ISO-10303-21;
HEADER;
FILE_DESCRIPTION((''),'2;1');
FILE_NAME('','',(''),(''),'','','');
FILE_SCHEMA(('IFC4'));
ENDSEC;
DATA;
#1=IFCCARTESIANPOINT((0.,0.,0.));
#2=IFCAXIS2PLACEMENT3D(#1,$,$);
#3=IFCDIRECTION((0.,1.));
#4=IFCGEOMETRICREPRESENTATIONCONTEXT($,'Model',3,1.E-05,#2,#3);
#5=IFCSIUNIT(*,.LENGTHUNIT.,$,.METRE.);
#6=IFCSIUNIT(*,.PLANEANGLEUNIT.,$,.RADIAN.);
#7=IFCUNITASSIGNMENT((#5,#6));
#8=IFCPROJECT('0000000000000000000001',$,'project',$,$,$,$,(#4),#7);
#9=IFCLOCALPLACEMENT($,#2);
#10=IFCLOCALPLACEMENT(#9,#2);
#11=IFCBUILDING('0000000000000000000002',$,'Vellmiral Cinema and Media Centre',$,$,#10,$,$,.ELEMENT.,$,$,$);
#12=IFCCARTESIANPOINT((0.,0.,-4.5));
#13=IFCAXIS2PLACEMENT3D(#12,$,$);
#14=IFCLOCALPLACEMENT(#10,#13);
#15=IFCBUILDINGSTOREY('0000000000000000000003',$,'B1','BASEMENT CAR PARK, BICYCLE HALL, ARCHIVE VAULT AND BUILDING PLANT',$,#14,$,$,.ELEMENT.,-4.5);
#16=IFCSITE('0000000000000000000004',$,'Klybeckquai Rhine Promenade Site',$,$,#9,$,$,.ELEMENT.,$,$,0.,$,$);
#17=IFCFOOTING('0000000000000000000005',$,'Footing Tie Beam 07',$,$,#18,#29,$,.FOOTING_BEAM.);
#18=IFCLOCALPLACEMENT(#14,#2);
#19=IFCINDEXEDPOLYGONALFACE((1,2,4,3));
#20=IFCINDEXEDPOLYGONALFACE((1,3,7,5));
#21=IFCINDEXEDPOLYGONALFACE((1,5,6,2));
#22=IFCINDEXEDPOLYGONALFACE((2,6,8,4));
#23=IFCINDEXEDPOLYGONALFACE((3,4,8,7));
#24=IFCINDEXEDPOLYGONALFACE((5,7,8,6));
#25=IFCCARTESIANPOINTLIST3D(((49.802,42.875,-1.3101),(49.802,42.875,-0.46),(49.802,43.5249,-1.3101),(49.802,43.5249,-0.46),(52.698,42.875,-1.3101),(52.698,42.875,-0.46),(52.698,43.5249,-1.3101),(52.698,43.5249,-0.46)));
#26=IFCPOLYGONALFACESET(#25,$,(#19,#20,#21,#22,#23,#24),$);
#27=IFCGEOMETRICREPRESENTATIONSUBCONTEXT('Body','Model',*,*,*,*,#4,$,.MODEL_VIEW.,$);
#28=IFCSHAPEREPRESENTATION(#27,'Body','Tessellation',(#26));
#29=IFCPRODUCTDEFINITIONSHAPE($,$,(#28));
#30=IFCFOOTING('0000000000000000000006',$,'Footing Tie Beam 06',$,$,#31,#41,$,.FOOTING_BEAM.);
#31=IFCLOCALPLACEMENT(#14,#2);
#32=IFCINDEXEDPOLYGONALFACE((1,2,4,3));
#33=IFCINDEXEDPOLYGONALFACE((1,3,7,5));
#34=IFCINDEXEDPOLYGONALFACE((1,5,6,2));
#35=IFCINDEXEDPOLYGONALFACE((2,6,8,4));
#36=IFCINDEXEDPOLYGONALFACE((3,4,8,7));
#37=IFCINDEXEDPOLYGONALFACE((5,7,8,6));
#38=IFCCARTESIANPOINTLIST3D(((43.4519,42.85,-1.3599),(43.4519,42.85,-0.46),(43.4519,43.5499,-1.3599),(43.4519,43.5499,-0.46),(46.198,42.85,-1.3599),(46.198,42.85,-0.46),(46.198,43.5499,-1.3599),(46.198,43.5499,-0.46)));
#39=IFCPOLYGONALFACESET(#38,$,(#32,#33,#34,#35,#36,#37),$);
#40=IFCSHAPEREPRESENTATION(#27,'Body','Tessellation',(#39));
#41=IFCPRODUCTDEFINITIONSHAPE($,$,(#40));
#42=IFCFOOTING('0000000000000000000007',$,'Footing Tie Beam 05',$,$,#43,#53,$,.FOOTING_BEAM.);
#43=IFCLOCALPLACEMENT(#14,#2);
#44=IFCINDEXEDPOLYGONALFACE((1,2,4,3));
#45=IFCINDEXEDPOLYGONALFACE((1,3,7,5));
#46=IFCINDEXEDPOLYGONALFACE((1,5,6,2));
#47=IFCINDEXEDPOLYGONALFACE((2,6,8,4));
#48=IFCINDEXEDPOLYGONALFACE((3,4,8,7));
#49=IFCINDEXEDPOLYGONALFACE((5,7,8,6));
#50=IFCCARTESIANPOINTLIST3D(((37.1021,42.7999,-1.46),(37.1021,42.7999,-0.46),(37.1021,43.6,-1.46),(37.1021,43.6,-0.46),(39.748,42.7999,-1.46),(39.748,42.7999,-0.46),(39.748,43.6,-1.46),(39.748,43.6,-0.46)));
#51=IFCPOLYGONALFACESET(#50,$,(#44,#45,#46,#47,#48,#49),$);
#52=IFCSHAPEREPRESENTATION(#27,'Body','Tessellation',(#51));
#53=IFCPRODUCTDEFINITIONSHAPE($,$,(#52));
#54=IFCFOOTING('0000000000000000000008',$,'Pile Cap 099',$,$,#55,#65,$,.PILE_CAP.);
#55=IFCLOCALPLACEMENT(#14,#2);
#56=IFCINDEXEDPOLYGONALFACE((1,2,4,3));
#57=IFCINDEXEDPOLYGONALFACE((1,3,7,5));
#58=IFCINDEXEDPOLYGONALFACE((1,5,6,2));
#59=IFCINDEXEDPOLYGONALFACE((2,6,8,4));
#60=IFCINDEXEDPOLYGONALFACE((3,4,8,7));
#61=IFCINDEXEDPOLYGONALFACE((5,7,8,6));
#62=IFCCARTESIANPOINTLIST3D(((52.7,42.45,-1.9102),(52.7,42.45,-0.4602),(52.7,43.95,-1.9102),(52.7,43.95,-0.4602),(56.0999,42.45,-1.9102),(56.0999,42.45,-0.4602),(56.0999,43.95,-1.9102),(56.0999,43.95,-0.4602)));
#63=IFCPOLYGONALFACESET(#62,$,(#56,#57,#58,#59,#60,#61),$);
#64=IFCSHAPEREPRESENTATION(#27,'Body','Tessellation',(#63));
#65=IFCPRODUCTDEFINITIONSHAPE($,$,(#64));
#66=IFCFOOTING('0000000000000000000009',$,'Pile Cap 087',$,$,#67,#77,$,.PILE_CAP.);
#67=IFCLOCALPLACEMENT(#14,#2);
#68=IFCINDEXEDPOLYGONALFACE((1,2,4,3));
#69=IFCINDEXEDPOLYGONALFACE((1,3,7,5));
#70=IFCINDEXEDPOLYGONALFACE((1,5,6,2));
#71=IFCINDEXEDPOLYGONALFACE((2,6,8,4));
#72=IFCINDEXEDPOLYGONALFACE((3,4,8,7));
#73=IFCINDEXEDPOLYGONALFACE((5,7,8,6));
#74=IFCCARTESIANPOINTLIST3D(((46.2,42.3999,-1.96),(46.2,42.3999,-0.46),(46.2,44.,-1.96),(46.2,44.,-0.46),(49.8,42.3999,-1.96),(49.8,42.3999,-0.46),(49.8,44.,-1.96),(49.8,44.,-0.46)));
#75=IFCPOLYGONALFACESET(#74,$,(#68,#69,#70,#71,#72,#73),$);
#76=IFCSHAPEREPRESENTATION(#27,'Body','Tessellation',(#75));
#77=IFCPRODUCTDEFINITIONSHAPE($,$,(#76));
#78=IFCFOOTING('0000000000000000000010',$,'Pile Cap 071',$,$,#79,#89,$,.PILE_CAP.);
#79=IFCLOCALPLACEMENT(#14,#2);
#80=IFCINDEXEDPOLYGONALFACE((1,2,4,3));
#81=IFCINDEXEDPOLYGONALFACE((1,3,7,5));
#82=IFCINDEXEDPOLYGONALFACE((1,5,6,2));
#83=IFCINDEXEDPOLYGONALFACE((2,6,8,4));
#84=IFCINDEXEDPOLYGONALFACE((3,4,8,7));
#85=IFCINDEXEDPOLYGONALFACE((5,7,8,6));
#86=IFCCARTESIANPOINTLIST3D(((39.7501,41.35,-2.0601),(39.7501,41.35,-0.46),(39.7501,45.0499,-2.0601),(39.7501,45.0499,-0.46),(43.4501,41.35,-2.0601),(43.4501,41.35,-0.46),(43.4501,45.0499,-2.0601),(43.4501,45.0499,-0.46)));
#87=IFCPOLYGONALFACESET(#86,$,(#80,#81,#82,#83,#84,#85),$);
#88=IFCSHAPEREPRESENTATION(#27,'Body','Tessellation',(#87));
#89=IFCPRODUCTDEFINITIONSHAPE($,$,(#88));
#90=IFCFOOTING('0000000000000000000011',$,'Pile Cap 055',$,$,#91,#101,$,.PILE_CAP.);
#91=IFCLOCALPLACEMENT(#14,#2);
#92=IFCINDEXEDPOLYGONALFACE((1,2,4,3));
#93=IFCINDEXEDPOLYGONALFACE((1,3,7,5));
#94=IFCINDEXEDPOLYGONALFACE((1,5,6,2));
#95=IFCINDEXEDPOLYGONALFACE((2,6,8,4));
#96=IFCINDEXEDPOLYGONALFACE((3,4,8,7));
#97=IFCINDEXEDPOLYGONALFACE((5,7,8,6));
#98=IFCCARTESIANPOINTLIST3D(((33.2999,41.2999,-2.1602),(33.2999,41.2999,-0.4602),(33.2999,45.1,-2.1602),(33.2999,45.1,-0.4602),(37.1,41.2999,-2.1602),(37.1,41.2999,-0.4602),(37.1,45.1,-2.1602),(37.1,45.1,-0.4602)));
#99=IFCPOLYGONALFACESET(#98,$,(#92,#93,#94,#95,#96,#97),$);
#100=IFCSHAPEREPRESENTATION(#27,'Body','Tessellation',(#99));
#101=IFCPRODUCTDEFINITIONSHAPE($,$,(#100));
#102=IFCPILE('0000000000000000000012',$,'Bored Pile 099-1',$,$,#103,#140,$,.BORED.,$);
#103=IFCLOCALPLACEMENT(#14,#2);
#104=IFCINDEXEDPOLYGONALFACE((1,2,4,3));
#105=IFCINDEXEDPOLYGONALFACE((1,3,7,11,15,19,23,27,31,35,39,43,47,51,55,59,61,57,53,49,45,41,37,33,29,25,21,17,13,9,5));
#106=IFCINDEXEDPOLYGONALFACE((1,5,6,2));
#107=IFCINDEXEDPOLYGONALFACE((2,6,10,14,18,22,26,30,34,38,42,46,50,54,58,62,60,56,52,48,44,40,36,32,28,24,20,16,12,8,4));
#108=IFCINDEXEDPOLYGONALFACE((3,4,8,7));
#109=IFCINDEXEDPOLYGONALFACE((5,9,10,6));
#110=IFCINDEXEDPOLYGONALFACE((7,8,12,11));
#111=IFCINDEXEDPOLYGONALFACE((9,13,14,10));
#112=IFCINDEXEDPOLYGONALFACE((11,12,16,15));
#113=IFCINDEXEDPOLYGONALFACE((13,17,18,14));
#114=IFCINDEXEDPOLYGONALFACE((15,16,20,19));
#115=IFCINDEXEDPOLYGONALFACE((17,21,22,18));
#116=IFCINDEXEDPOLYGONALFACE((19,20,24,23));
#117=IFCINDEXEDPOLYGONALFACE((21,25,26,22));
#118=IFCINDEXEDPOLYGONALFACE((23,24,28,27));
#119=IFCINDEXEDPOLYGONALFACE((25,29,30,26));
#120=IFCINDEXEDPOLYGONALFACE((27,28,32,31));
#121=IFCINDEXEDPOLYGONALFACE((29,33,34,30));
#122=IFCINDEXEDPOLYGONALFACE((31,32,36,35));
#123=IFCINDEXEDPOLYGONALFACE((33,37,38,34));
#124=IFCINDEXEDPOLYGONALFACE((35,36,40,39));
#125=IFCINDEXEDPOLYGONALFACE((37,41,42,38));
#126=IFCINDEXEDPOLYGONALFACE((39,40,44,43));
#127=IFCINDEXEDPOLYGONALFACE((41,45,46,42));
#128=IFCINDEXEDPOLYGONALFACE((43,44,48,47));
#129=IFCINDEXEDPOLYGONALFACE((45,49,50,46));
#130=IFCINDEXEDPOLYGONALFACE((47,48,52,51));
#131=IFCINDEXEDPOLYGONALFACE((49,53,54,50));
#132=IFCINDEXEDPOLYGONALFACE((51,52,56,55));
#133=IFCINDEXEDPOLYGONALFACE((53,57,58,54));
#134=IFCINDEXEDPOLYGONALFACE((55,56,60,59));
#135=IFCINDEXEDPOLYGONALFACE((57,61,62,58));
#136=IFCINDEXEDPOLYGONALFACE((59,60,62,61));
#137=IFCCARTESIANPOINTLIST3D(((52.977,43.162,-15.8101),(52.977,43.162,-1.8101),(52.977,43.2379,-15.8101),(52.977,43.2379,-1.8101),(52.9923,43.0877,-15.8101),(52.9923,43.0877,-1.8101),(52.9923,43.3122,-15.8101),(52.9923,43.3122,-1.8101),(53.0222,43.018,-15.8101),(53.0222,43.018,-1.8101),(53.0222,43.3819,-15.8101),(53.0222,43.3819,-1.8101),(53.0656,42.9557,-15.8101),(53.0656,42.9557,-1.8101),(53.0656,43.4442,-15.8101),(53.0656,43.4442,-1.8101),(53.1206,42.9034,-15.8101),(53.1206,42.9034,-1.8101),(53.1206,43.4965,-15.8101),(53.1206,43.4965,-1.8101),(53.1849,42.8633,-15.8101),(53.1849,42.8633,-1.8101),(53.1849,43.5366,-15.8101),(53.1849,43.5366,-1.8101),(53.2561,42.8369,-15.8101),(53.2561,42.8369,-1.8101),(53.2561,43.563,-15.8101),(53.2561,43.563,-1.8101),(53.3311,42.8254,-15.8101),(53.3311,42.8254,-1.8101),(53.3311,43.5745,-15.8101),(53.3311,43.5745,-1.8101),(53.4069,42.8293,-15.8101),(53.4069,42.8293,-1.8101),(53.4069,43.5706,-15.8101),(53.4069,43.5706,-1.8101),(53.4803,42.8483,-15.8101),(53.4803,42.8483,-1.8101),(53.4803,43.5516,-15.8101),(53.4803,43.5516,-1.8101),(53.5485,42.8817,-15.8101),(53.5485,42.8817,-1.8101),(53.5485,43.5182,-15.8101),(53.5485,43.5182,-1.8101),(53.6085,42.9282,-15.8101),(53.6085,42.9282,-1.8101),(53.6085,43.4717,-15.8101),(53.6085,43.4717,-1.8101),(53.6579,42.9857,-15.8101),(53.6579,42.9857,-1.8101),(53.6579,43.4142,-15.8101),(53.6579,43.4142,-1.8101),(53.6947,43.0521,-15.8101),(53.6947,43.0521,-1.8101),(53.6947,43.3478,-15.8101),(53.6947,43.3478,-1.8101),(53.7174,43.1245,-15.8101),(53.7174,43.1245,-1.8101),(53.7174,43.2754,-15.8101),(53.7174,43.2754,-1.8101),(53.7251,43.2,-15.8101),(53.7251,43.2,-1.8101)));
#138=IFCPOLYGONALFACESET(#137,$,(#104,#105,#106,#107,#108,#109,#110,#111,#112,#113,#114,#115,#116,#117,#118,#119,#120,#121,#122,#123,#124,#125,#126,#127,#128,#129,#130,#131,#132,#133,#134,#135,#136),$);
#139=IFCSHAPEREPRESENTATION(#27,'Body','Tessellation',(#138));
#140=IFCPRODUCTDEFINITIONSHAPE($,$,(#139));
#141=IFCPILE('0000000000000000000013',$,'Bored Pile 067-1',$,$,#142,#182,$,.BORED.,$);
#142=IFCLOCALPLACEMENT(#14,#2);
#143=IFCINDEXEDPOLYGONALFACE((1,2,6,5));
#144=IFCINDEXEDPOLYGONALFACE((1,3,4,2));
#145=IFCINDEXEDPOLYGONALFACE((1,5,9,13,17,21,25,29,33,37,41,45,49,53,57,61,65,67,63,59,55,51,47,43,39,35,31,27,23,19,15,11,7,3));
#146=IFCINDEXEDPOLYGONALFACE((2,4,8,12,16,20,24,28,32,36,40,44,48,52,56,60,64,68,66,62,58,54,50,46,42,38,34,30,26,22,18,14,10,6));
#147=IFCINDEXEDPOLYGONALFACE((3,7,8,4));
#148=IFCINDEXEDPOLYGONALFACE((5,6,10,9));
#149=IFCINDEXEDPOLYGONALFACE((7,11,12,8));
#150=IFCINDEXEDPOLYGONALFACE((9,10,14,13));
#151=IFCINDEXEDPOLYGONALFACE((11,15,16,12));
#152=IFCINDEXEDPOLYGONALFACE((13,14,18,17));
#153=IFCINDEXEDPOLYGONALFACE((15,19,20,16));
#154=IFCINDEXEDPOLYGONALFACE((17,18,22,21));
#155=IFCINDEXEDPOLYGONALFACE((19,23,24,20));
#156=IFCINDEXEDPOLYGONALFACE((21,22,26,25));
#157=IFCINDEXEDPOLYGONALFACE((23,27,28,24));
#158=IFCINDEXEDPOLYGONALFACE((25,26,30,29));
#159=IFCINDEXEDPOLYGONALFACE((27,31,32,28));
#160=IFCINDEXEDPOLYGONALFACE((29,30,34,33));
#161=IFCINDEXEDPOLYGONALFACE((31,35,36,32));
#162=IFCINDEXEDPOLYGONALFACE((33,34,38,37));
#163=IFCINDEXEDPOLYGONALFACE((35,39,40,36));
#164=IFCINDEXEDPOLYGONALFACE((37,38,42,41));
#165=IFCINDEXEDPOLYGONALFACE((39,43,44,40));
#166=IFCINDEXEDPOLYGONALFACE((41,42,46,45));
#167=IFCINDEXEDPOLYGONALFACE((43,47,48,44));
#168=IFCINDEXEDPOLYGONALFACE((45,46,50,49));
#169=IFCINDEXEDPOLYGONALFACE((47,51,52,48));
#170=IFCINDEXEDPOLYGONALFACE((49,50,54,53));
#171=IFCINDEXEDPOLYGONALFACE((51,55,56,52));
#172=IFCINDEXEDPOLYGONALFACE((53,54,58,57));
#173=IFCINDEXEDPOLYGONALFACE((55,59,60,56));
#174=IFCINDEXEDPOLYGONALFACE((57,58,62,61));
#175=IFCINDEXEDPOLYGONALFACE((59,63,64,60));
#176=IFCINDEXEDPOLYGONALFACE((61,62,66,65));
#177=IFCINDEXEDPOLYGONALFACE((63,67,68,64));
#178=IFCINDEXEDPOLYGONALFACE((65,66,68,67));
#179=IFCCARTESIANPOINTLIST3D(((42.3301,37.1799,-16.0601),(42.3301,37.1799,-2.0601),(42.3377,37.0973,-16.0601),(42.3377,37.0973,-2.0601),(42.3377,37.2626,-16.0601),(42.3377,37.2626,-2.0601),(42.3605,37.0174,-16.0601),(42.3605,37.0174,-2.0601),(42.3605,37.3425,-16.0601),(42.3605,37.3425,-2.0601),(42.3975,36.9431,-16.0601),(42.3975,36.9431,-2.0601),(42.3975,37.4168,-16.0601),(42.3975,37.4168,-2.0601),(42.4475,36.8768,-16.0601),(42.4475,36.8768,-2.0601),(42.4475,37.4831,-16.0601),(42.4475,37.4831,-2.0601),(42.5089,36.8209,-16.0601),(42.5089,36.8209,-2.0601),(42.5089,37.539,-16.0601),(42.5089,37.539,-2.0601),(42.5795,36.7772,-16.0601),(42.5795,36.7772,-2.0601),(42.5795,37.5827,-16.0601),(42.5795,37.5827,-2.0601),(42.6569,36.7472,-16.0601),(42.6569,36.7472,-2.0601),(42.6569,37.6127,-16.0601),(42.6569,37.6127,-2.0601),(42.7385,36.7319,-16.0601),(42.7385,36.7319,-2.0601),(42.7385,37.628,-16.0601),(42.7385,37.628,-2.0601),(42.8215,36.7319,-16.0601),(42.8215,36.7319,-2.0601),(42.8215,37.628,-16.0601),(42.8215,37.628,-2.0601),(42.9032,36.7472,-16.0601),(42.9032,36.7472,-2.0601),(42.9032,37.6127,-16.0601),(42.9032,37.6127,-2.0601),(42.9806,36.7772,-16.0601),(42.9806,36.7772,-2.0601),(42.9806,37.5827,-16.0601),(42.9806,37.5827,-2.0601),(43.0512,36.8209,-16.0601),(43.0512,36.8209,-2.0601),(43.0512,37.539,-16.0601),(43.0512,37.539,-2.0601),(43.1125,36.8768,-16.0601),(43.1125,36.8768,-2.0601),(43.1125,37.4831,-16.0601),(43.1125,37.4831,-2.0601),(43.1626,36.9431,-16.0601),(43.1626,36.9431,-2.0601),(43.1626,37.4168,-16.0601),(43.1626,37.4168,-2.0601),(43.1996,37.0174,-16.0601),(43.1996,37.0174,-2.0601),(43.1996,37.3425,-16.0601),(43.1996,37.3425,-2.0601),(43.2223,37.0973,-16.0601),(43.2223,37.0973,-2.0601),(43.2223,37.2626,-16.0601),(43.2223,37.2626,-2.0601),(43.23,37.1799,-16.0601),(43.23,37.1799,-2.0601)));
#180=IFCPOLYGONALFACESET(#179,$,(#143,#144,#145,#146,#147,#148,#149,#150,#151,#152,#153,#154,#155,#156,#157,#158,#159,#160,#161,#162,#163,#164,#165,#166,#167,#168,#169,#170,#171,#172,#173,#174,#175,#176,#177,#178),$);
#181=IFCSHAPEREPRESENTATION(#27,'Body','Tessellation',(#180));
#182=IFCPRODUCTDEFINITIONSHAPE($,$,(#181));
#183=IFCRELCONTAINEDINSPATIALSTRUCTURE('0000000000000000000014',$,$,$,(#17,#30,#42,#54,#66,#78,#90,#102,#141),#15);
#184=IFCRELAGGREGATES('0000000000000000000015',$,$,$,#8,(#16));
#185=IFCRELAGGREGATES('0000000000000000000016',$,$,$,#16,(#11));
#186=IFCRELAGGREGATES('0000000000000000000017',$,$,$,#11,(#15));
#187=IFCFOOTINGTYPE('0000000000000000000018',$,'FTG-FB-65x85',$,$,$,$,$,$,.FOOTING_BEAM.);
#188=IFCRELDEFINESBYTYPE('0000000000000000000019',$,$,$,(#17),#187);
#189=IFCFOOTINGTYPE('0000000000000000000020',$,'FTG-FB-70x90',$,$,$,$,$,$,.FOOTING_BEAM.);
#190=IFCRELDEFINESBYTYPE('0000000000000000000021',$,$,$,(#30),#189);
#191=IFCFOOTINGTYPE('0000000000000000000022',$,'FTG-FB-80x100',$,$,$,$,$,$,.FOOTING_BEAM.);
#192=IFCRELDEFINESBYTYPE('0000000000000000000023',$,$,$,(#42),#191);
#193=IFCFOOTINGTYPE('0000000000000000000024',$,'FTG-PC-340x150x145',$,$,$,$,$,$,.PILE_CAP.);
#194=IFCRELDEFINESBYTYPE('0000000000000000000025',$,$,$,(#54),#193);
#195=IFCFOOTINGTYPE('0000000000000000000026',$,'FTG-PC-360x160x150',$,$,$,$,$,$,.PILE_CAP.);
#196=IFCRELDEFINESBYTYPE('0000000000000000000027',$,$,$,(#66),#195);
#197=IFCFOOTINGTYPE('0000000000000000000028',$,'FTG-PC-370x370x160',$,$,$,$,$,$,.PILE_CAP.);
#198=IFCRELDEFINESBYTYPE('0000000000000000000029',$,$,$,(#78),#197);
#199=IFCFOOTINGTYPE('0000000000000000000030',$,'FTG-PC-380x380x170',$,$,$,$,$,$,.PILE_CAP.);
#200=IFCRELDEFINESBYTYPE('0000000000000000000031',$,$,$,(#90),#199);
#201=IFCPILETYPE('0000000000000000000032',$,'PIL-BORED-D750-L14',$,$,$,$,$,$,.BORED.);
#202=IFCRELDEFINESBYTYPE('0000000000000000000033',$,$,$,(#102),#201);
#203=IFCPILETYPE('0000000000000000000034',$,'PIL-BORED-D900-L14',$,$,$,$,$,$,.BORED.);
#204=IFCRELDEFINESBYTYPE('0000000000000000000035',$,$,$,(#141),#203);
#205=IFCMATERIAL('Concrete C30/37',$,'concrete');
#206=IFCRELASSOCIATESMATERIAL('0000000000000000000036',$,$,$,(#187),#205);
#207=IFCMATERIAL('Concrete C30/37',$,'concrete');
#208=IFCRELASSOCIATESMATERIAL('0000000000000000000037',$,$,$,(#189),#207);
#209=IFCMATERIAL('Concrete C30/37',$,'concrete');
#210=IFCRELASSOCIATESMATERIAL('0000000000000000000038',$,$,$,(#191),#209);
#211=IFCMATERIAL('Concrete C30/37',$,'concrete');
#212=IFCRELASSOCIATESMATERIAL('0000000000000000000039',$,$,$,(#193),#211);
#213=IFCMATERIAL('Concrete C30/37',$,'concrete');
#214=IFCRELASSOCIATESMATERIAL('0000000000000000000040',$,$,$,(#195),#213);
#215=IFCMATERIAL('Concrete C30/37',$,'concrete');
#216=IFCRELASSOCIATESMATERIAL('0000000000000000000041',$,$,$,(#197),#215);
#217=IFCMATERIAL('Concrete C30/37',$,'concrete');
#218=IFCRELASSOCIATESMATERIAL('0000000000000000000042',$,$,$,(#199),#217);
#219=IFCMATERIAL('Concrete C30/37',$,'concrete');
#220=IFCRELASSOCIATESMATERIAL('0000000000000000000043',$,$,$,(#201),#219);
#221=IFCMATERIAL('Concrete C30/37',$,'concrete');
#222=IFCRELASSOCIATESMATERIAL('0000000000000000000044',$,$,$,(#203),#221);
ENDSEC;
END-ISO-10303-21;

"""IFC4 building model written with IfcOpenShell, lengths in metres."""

from ifc_helpers import new_model, si_unit, direction, frame, origin, origin_2d, place, context, subcontext, project, spatial, rectangle, circle, extrude, material, material_profile, profile_set, type_object, element, save


model = new_model("IFC4")

# Units and contexts
model_context = context("Model", 3, precision=1e-05, world=origin(), true_north=direction((0.0, 1.0)))
body_context = subcontext(model_context, "Body", "Model", "MODEL_VIEW")
ifc_project = project(units=[si_unit("LENGTHUNIT", "METRE"), si_unit("PLANEANGLEUNIT", "RADIAN")], contexts=[model_context])

# Site, building, storey
site_placement = place(None, origin())
site = spatial("IfcSite", under=ifc_project, at=site_placement, Name="Klybeckquai Rhine Promenade Site", CompositionType="ELEMENT", RefElevation=0.0)
building_placement = place(site_placement, origin())
building = spatial("IfcBuilding", under=site, at=building_placement, Name="Vellmiral Cinema and Media Centre", CompositionType="ELEMENT")
storey_placement = place(building_placement, frame((0.0, 0.0, -4.5)))
storey = spatial("IfcBuildingStorey", under=building, at=storey_placement, Name="B1", Description="BASEMENT CAR PARK, BICYCLE HALL, ARCHIVE VAULT AND BUILDING PLANT", CompositionType="ELEMENT", Elevation=-4.5)

# Footings
ifc_material_1 = material(Name="Concrete C30/37", Category="concrete")
footing_type_1 = type_object("IfcFootingType", Name="FTG-FB-65x85", PredefinedType="FOOTING_BEAM", material=ifc_material_1)
footing_1_placement = place(storey_placement, frame((51.25, 43.2, -1.3101), z_axis=(0.0, 0.0, 1.0), x_axis=(1.0, 0.0, 0.0)))
element("IfcFooting", 1, at=footing_1_placement, inside=storey, type_object=footing_type_1, Name="Footing Tie Beam 07", PredefinedType="FOOTING_BEAM", context=body_context, shape_type="SweptSolid", body=[
    extrude(rectangle(XDim=2.896, YDim=0.6499, at=origin_2d()), origin(), (0.0, 0.0, 1.0), 0.8501),
])
ifc_material_2 = material(Name="Concrete C30/37", Category="concrete")
footing_type_2 = type_object("IfcFootingType", Name="FTG-FB-70x90", PredefinedType="FOOTING_BEAM", material=ifc_material_2)
footing_2_placement = place(storey_placement, frame((44.825, 43.2, -1.3599), z_axis=(0.0, 0.0, 1.0), x_axis=(1.0, 0.0, 0.0)))
element("IfcFooting", 2, at=footing_2_placement, inside=storey, type_object=footing_type_2, Name="Footing Tie Beam 06", PredefinedType="FOOTING_BEAM", context=body_context, shape_type="SweptSolid", body=[
    extrude(rectangle(XDim=2.7461, YDim=0.7, at=origin_2d()), origin(), (0.0, 0.0, 1.0), 0.8999),
])
ifc_material_3 = material(Name="Concrete C30/37", Category="concrete")
footing_type_3 = type_object("IfcFootingType", Name="FTG-FB-80x100", PredefinedType="FOOTING_BEAM", material=ifc_material_3)
footing_3_placement = place(storey_placement, frame((38.425, 43.2, -1.46), z_axis=(0.0, 0.0, 1.0), x_axis=(1.0, 0.0, 0.0)))
element("IfcFooting", 3, at=footing_3_placement, inside=storey, type_object=footing_type_3, Name="Footing Tie Beam 05", PredefinedType="FOOTING_BEAM", context=body_context, shape_type="SweptSolid", body=[
    extrude(rectangle(XDim=2.646, YDim=0.8, at=origin_2d()), origin(), (0.0, 0.0, 1.0), 1.0),
])
ifc_material_4 = material(Name="Concrete C30/37", Category="concrete")
footing_type_4 = type_object("IfcFootingType", Name="FTG-PC-340x150x145", PredefinedType="PILE_CAP", material=ifc_material_4)
footing_4_placement = place(storey_placement, frame((54.3999, 43.2, -1.9102), z_axis=(0.0, 0.0, 1.0), x_axis=(1.0, 0.0, 0.0)))
element("IfcFooting", 4, at=footing_4_placement, inside=storey, type_object=footing_type_4, Name="Pile Cap 099", PredefinedType="PILE_CAP", context=body_context, shape_type="SweptSolid", body=[
    extrude(rectangle(XDim=3.3999, YDim=1.5, at=origin_2d()), origin(), (0.0, 0.0, 1.0), 1.45),
])
ifc_material_5 = material(Name="Concrete C30/37", Category="concrete")
footing_type_5 = type_object("IfcFootingType", Name="FTG-PC-360x160x150", PredefinedType="PILE_CAP", material=ifc_material_5)
footing_5_placement = place(storey_placement, frame((48.0, 43.2, -1.96), z_axis=(0.0, 0.0, 1.0), x_axis=(1.0, 0.0, 0.0)))
element("IfcFooting", 5, at=footing_5_placement, inside=storey, type_object=footing_type_5, Name="Pile Cap 087", PredefinedType="PILE_CAP", context=body_context, shape_type="SweptSolid", body=[
    extrude(rectangle(XDim=3.6001, YDim=1.6001, at=origin_2d()), origin(), (0.0, 0.0, 1.0), 1.5),
])
ifc_material_6 = material(Name="Concrete C30/37", Category="concrete")
footing_type_6 = type_object("IfcFootingType", Name="FTG-PC-370x370x160", PredefinedType="PILE_CAP", material=ifc_material_6)
footing_6_placement = place(storey_placement, frame((41.6001, 43.2, -2.0601), z_axis=(0.0, 0.0, 1.0), x_axis=(1.0, 0.0, 0.0)))
element("IfcFooting", 6, at=footing_6_placement, inside=storey, type_object=footing_type_6, Name="Pile Cap 071", PredefinedType="PILE_CAP", context=body_context, shape_type="SweptSolid", body=[
    extrude(rectangle(XDim=3.7, YDim=3.7, at=origin_2d()), origin(), (0.0, 0.0, 1.0), 1.6001),
])
ifc_material_7 = material(Name="Concrete C30/37", Category="concrete")
footing_type_7 = type_object("IfcFootingType", Name="FTG-PC-380x380x170", PredefinedType="PILE_CAP", material=ifc_material_7)
footing_7_placement = place(storey_placement, frame((35.2, 43.2, -2.1602), z_axis=(0.0, 0.0, 1.0), x_axis=(1.0, 0.0, 0.0)))
element("IfcFooting", 7, at=footing_7_placement, inside=storey, type_object=footing_type_7, Name="Pile Cap 055", PredefinedType="PILE_CAP", context=body_context, shape_type="SweptSolid", body=[
    extrude(rectangle(XDim=3.8, YDim=3.8, at=origin_2d()), origin(), (0.0, 0.0, 1.0), 1.7),
])

# Piles
ifc_material_8 = material(Name="Concrete C30/37", Category="concrete")
ifc_material_profile_1 = material_profile(ifc_material_8, circle(Radius=0.375, at=origin_2d()), Name="PILE D750")
ifc_profile_set_1 = profile_set([ifc_material_profile_1], Name="Concrete C30/37")
pile_type_1 = type_object("IfcPileType", Name="PIL-BORED-D750-L14", PredefinedType="BORED", material=ifc_profile_set_1)
pile_placement = place(storey_placement, frame((53.3501, 43.2, -1.8101), z_axis=(0.0, 0.0, -1.0), x_axis=(1.0, 0.0, 0.0)))
element("IfcPile", 8, at=pile_placement, inside=storey, type_object=pile_type_1, Name="Bored Pile 099-1", PredefinedType="BORED", context=body_context, shape_type="SweptSolid", body=[
    extrude(circle(Radius=0.375, at=origin_2d()), origin(), (0.0, 0.0, 1.0), 14.0),
])
ifc_material_9 = material(Name="Concrete C30/37", Category="concrete")
ifc_material_profile_2 = material_profile(ifc_material_9, circle(Radius=0.45, at=origin_2d()), Name="PILE D900")
ifc_profile_set_2 = profile_set([ifc_material_profile_2], Name="Concrete C30/37")
pile_type_2 = type_object("IfcPileType", Name="PIL-BORED-D900-L14", PredefinedType="BORED", material=ifc_profile_set_2)
for number, where, z_axis, x_axis, name in (
    (9, (42.78, 37.1799, -2.0601), (0.0, 0.0, -1.0), (1.0, 0.0, 0.0), "Bored Pile 067-1"),
):
    element("IfcPile", number, at=place(storey_placement, frame(where, z_axis=z_axis, x_axis=x_axis)), inside=storey, type_object=pile_type_2, Name=name, PredefinedType="BORED", context=body_context, shape_type="SweptSolid", body=[
        extrude(circle(Radius=0.45, at=origin_2d()), origin(), (0.0, 0.0, 1.0), 14.0),
    ])

save(model, "model.ifc")
